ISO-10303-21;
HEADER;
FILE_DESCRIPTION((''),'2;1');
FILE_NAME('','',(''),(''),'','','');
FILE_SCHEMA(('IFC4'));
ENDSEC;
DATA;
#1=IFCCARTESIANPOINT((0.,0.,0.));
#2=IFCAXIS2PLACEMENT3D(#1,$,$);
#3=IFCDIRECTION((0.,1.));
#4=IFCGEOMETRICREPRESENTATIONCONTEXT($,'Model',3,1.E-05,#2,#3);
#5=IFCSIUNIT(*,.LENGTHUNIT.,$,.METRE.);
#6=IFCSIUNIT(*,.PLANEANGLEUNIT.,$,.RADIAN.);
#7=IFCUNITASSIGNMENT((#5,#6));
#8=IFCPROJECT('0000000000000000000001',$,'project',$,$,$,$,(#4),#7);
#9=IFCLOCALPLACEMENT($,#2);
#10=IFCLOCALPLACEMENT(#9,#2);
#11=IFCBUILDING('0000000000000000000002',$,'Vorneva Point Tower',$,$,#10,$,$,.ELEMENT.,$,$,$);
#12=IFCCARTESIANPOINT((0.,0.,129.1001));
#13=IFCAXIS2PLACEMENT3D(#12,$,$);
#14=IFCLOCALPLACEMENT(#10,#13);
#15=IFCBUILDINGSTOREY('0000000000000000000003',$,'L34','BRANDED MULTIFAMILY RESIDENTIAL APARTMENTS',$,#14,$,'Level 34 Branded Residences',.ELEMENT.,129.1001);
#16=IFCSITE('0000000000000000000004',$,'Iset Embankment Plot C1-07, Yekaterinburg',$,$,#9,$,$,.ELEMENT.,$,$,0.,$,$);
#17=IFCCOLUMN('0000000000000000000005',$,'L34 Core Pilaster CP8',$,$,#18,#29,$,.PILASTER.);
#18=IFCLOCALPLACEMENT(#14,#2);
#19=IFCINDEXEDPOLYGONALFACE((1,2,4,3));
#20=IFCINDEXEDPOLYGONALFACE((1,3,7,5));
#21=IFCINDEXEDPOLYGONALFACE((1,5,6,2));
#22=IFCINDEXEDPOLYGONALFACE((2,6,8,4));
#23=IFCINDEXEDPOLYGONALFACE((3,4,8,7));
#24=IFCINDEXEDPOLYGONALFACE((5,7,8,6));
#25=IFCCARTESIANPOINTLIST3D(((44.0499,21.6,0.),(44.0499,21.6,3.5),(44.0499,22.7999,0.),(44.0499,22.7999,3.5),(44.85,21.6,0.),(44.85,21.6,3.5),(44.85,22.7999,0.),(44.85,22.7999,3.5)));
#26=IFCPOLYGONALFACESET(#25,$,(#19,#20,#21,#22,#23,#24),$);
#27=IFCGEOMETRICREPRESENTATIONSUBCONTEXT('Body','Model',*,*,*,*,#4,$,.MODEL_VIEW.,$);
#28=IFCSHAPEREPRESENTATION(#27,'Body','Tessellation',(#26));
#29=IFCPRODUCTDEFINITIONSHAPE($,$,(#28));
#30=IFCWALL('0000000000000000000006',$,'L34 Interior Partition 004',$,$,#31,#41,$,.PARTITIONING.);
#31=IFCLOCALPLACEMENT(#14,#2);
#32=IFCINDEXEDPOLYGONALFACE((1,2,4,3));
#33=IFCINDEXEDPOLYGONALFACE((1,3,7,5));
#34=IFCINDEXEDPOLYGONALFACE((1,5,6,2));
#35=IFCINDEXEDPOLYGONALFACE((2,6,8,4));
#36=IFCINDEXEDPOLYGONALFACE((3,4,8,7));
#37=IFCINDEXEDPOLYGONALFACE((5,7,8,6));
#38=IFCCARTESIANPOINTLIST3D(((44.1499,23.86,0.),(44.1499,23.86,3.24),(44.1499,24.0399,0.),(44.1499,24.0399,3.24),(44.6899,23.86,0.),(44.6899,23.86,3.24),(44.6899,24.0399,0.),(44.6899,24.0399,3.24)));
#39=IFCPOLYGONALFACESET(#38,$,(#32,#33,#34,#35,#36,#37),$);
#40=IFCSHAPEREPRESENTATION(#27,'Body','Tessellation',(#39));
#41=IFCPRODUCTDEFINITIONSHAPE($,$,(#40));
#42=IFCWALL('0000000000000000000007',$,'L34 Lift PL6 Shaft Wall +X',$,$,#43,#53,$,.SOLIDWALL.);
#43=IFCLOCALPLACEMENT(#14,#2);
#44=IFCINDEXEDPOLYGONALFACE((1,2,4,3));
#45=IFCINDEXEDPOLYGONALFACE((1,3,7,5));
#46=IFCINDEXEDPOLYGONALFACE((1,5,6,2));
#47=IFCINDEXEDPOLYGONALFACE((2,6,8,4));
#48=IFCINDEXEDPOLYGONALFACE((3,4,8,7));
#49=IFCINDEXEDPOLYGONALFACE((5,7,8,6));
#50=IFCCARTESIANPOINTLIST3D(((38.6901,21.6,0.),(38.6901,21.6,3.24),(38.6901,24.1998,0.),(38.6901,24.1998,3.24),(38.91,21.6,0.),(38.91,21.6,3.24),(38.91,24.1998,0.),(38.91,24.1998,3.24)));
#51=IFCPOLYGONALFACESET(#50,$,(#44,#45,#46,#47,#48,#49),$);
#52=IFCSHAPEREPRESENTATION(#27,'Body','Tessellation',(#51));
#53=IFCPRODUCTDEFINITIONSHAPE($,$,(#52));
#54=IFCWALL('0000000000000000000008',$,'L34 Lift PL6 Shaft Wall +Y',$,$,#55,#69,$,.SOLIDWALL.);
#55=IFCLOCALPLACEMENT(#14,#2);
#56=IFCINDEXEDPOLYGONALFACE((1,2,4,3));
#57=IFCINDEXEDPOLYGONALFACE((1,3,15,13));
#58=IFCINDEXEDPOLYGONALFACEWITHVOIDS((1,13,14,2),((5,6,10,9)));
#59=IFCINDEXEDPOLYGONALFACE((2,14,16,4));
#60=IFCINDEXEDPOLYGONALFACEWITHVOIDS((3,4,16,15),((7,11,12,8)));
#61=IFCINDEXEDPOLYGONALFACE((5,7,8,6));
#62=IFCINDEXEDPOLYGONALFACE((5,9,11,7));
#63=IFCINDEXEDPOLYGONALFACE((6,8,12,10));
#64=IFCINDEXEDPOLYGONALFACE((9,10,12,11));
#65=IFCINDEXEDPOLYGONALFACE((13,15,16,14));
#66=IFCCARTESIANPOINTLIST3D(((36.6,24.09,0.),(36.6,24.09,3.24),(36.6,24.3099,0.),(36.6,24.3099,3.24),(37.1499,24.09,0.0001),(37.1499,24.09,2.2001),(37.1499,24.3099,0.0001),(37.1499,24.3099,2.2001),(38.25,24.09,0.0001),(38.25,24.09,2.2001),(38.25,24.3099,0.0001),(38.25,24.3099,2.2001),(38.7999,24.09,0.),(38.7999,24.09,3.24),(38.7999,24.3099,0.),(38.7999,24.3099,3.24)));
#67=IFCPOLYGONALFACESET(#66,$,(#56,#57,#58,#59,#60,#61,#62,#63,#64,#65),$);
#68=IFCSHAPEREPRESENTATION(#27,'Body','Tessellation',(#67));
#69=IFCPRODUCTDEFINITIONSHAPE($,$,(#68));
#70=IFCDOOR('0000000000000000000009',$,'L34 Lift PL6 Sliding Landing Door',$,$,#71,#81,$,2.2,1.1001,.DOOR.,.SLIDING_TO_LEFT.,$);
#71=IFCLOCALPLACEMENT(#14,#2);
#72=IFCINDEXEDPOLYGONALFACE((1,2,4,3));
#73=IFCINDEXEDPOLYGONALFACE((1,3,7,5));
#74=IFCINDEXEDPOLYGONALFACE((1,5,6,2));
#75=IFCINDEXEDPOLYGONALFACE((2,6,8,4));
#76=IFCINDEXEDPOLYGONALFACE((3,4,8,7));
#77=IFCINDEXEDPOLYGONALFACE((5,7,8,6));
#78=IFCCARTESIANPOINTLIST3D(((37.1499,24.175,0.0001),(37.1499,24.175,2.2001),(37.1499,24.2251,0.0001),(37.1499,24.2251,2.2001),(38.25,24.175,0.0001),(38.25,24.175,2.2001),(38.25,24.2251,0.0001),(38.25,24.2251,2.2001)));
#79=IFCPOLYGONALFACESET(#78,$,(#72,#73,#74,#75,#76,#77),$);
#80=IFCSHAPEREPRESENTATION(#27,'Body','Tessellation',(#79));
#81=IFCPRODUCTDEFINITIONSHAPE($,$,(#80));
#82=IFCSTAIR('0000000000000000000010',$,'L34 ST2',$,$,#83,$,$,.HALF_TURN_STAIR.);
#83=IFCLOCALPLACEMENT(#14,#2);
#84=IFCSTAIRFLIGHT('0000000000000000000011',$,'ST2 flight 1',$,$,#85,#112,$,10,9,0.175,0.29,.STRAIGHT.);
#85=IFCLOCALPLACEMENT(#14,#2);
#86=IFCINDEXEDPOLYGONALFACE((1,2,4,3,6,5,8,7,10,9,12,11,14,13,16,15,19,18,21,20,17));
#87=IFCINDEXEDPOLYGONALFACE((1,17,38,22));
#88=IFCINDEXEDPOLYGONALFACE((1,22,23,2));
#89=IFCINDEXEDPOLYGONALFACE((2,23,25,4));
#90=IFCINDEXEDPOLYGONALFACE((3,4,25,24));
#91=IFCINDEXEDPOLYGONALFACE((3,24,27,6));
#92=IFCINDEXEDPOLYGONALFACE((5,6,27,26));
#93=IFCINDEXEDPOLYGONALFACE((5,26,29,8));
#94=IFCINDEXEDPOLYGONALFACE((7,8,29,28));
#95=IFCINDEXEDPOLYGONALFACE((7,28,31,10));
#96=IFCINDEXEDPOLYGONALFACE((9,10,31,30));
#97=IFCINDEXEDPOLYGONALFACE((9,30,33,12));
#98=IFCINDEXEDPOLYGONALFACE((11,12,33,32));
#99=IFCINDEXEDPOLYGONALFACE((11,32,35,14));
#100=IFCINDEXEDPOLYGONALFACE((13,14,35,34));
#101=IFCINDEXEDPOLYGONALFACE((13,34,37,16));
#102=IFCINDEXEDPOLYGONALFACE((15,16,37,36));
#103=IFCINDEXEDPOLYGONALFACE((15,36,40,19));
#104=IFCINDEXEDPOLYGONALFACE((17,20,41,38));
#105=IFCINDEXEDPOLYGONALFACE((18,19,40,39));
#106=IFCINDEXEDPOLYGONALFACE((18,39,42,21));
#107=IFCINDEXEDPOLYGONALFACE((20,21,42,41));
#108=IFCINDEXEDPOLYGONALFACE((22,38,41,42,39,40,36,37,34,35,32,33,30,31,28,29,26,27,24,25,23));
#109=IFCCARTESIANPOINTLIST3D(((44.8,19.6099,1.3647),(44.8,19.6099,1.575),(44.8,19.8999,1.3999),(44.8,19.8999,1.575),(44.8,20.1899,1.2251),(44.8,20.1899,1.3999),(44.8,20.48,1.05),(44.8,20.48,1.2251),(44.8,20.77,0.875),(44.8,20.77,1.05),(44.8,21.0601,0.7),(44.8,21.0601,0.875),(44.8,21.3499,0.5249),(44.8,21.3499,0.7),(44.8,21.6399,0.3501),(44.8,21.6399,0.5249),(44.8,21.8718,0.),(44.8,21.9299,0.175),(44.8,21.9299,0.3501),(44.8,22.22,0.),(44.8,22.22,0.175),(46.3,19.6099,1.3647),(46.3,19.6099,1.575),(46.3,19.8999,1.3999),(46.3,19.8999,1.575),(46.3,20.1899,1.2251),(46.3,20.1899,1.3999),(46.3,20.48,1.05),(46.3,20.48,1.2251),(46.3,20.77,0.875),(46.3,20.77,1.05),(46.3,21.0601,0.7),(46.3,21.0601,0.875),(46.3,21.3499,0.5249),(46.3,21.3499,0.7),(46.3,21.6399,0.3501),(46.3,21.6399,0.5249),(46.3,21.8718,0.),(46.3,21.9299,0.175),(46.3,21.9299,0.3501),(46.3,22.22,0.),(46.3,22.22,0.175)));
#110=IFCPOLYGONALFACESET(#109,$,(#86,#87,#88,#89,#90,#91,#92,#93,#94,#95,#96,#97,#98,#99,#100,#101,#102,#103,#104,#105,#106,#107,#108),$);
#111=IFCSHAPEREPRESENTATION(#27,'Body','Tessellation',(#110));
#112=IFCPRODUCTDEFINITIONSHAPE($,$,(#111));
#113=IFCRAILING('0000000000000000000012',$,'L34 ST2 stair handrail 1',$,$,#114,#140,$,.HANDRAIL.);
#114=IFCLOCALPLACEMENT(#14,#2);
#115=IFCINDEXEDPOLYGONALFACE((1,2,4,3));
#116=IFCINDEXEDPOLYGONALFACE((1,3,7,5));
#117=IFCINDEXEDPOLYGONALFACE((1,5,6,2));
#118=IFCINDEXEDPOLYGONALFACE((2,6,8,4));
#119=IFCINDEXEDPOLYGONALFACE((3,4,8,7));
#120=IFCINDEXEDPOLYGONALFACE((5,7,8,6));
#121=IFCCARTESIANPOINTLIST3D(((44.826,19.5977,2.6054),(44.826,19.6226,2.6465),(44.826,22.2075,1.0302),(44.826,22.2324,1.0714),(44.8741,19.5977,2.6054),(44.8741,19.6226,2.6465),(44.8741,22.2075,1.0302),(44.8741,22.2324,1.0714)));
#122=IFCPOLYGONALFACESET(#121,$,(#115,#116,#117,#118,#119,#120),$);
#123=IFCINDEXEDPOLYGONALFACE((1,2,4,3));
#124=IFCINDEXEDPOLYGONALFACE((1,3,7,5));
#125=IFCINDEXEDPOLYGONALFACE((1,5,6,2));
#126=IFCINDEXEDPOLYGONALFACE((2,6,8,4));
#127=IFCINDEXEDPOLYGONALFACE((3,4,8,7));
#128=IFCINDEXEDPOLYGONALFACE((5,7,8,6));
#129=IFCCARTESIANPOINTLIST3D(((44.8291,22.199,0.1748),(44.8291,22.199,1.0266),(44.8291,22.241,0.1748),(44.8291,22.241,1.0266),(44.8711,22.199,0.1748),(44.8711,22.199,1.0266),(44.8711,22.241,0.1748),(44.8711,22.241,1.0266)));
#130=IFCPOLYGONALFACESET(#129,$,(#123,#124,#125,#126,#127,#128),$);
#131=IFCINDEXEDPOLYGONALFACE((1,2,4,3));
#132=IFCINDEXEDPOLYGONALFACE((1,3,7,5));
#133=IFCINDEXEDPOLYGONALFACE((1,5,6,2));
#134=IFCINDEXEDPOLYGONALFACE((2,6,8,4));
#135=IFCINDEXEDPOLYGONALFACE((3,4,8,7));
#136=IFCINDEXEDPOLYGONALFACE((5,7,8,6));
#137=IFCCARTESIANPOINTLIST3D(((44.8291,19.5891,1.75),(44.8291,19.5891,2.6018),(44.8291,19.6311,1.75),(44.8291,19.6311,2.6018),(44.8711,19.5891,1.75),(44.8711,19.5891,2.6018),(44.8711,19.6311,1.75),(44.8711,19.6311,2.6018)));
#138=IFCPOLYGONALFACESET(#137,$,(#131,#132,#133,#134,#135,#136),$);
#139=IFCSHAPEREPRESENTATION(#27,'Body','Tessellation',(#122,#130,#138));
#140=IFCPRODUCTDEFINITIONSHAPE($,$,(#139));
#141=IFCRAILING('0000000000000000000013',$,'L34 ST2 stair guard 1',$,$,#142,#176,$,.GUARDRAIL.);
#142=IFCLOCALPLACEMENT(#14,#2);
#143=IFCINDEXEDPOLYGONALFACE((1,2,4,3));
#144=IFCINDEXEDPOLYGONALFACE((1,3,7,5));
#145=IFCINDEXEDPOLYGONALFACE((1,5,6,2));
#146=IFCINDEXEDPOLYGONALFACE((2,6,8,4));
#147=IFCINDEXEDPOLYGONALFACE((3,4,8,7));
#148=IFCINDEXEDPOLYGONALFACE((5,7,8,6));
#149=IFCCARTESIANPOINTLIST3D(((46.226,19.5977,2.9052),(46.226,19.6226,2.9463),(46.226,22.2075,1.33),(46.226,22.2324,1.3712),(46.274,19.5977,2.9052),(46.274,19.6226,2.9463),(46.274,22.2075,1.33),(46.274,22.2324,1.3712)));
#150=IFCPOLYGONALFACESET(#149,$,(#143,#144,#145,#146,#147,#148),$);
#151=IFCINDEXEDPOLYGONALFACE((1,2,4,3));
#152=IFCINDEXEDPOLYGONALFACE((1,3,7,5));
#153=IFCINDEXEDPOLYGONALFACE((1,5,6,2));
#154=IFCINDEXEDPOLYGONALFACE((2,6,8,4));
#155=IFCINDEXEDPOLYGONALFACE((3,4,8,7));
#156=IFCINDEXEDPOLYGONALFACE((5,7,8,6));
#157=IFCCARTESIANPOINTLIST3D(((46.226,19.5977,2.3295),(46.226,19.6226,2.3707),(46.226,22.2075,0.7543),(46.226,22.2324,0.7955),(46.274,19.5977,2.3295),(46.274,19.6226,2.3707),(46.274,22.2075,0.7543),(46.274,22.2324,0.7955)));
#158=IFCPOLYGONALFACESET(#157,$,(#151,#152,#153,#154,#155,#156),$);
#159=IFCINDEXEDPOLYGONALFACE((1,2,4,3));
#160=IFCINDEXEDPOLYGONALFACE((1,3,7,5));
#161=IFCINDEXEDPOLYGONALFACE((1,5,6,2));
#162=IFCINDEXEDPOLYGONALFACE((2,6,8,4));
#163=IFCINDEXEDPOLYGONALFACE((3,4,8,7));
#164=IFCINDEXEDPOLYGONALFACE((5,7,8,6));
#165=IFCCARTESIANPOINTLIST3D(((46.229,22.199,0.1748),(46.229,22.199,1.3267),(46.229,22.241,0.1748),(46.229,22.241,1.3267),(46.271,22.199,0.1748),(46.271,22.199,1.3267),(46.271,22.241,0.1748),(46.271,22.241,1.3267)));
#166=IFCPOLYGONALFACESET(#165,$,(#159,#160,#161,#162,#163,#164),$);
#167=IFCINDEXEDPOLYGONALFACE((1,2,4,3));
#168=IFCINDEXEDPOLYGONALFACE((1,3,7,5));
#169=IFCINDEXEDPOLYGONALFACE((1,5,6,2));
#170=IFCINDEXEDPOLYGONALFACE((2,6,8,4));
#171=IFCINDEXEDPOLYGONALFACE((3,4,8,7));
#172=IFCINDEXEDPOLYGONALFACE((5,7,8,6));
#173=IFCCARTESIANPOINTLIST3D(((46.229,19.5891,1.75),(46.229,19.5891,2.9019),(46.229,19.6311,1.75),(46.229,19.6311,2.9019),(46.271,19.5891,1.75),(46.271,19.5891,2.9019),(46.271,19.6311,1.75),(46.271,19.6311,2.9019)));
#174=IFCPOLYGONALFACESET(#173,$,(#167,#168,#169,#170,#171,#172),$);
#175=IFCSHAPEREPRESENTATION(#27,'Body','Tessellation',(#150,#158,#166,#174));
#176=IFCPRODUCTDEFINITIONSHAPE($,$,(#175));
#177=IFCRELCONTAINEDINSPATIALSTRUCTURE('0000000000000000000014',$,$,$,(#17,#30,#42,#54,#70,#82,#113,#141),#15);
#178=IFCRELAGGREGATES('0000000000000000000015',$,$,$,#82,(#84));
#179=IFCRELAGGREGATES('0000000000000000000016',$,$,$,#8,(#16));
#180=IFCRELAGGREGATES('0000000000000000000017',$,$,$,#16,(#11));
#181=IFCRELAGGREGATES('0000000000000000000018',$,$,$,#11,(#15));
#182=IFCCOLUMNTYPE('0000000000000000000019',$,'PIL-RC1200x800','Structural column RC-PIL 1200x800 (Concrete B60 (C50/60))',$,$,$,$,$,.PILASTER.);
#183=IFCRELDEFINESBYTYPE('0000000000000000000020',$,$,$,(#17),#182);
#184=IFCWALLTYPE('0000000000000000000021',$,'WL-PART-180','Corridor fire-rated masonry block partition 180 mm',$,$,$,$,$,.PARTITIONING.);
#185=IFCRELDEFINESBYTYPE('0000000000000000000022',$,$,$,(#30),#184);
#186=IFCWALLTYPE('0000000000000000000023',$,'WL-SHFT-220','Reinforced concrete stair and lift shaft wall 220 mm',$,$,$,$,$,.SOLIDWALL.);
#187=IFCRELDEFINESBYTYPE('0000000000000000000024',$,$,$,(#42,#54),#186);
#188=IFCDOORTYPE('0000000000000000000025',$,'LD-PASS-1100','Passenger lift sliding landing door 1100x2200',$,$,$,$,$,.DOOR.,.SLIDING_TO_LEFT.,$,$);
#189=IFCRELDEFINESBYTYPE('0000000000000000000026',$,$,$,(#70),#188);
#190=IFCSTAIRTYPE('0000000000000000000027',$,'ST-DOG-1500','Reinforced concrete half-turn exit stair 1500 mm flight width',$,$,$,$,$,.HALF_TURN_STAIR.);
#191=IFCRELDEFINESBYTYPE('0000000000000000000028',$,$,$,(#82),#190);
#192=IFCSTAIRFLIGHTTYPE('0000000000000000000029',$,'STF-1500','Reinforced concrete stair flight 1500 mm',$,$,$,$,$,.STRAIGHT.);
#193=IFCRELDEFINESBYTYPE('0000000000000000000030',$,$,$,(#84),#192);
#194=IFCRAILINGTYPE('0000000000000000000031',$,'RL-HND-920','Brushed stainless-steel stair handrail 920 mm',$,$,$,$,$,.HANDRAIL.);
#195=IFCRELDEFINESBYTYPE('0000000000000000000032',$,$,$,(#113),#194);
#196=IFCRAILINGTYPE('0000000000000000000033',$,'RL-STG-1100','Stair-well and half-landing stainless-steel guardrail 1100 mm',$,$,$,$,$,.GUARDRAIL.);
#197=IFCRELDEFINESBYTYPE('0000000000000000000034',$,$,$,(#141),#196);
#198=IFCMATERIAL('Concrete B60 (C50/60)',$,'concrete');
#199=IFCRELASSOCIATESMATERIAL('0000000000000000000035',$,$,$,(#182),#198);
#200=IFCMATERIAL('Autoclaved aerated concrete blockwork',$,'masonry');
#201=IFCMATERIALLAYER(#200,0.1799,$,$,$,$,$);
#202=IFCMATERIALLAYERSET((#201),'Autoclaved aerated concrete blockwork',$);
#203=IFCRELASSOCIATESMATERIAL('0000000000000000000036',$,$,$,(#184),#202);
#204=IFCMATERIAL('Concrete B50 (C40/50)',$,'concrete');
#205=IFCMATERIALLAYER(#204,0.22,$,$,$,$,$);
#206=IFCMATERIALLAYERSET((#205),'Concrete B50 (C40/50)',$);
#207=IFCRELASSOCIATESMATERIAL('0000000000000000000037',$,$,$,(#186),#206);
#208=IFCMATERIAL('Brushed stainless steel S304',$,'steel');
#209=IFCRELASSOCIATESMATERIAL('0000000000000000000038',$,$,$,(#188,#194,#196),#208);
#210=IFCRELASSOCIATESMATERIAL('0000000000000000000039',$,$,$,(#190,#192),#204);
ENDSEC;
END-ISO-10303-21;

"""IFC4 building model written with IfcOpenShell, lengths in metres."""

from ifc_helpers import new_model, si_unit, direction, frame, frame_2d, origin, origin_2d, place, context, subcontext, project, spatial, polyline, rectangle, outline, extrude, material, layer, layer_set, material_profile, profile_set, type_object, element, fill, aggregate, save


model = new_model("IFC4")

# Units and contexts
model_context = context("Model", 3, precision=1e-05, world=origin(), true_north=direction((0.0, 1.0)))
body_context = subcontext(model_context, "Body", "Model", "MODEL_VIEW")
ifc_project = project(units=[si_unit("LENGTHUNIT", "METRE"), si_unit("PLANEANGLEUNIT", "RADIAN")], contexts=[model_context])

# Site, building, storey
site_placement = place(None, origin())
site = spatial("IfcSite", under=ifc_project, at=site_placement, Name="Iset Embankment Plot C1-07, Yekaterinburg", CompositionType="ELEMENT", RefElevation=0.0)
building_placement = place(site_placement, origin())
building = spatial("IfcBuilding", under=site, at=building_placement, Name="Vorneva Point Tower", CompositionType="ELEMENT")
storey_placement = place(building_placement, frame((0.0, 0.0, 129.1001)))
storey = spatial("IfcBuildingStorey", under=building, at=storey_placement, Name="L34", Description="BRANDED MULTIFAMILY RESIDENTIAL APARTMENTS", LongName="Level 34 Branded Residences", CompositionType="ELEMENT", Elevation=129.1001)

# Column
ifc_material_1 = material(Name="Concrete B60 (C50/60)", Category="concrete")
ifc_material_profile = material_profile(ifc_material_1, rectangle(XDim=0.8, YDim=1.2, at=origin_2d()), Name="RC-PIL 1200x800")
ifc_profile_set = profile_set([ifc_material_profile], Name="Concrete B60 (C50/60)")
column_type = type_object("IfcColumnType", Name="PIL-RC1200x800", Description="Structural column RC-PIL 1200x800 (Concrete B60 (C50/60))", PredefinedType="PILASTER", material=ifc_profile_set)
column_placement = place(storey_placement, frame((44.45, 22.2, 0.0), z_axis=(0.0, 0.0, 1.0), x_axis=(1.0, 0.0, 0.0)))
element("IfcColumn", 1, at=column_placement, inside=storey, type_object=column_type, Name="L34 Core Pilaster CP8", PredefinedType="PILASTER", context=body_context, shape_type="SweptSolid", body=[
    extrude(rectangle(XDim=0.8, YDim=1.2, at=origin_2d()), origin(), (0.0, 0.0, 1.0), 3.5),
])

# Wall
ifc_material_2 = material(Name="Autoclaved aerated concrete blockwork", Category="masonry")
ifc_layer_1 = layer(ifc_material_2, 0.1799)
ifc_layer_set_1 = layer_set([ifc_layer_1], Name="Autoclaved aerated concrete blockwork")
wall_type_1 = type_object("IfcWallType", Name="WL-PART-180", Description="Corridor fire-rated masonry block partition 180 mm", PredefinedType="PARTITIONING", material=ifc_layer_set_1)
wall_1_placement = place(storey_placement, frame((44.1499, 23.95, 0.0), z_axis=(0.0, 0.0, 1.0), x_axis=(1.0, 0.0, 0.0)))
element("IfcWall", 2, at=wall_1_placement, inside=storey, type_object=wall_type_1, Name="L34 Interior Partition 004", PredefinedType="PARTITIONING", context=body_context, shape_type="SweptSolid", body=[
    extrude(rectangle(XDim=0.54, YDim=0.1799, at=frame_2d((0.27, 0.0))), origin(), (0.0, 0.0, 1.0), 3.24),
])

# Shared definitions
ifc_material_3 = material(Name="Concrete B50 (C40/50)", Category="concrete")
ifc_layer_2 = layer(ifc_material_3, 0.22)
ifc_layer_set_2 = layer_set([ifc_layer_2], Name="Concrete B50 (C40/50)")
wall_type_2 = type_object("IfcWallType", Name="WL-SHFT-220", Description="Reinforced concrete stair and lift shaft wall 220 mm", PredefinedType="SOLIDWALL", material=ifc_layer_set_2)

# Wall
wall_2_placement = place(storey_placement, frame((38.8, 21.6001, 0.0), z_axis=(0.0, 0.0, 1.0), x_axis=(0.0, 1.0, 0.0)))
element("IfcWall", 3, at=wall_2_placement, inside=storey, type_object=wall_type_2, Name="L34 Lift PL6 Shaft Wall +X", PredefinedType="SOLIDWALL", context=body_context, shape_type="SweptSolid", body=[
    extrude(rectangle(XDim=2.5999, YDim=0.22, at=frame_2d((1.2998, 0.0))), origin(), (0.0, 0.0, 1.0), 3.24),
])

# Wall, opening, door
wall_3_placement = place(storey_placement, frame((38.8, 24.2, 0.0), z_axis=(0.0, 0.0, 1.0), x_axis=(-1.0, 0.0, 0.0)))
wall_3 = element("IfcWall", 4, at=wall_3_placement, inside=storey, type_object=wall_type_2, Name="L34 Lift PL6 Shaft Wall +Y", PredefinedType="SOLIDWALL", context=body_context, shape_type="SweptSolid", body=[
    extrude(rectangle(XDim=2.2, YDim=0.22, at=frame_2d((1.1001, 0.0))), origin(), (0.0, 0.0, 1.0), 3.24),
])
opening_1_placement = place(wall_3_placement, frame((0.55, 0.0, 0.0)))
opening_1 = element("IfcOpeningElement", 5, at=opening_1_placement, cuts=wall_3, PredefinedType="OPENING", context=body_context, shape_type="SweptSolid", body=[
    extrude(rectangle(XDim=1.1001, YDim=2.2, at=frame_2d((0.55, 1.1001))), frame((0.0, 0.125, 0.0), z_axis=(0.0, -1.0, 0.0), x_axis=(1.0, 0.0, 0.0)), (0.0, 0.0, 1.0), 0.2498),
])
ifc_material_4 = material(Name="Brushed stainless steel S304", Category="steel")
door_type_1 = type_object("IfcDoorType", Name="LD-PASS-1100", Description="Passenger lift sliding landing door 1100x2200", OperationType="SLIDING_TO_LEFT", PredefinedType="DOOR", material=ifc_material_4)
door_1_placement = place(opening_1_placement, origin())
door_1 = element("IfcDoor", 6, at=door_1_placement, inside=storey, type_object=door_type_1, Name="L34 Lift PL6 Sliding Landing Door", OperationType="SLIDING_TO_LEFT", OverallHeight=2.2, OverallWidth=1.1001, PredefinedType="DOOR", context=body_context, shape_type="SweptSolid", body=[
    extrude(rectangle(XDim=1.1001, YDim=2.2, at=frame_2d((0.55, 1.1001))), frame((0.0, 0.0249, 0.0), z_axis=(0.0, -1.0, 0.0), x_axis=(1.0, 0.0, 0.0)), (0.0, 0.0, 1.0), 0.05),
])
fill(opening_1, door_1)

# Stair, stair flight
stair_type = type_object("IfcStairType", Name="ST-DOG-1500", Description="Reinforced concrete half-turn exit stair 1500 mm flight width", PredefinedType="HALF_TURN_STAIR", material=ifc_material_3)
stair_placement = place(storey_placement, origin())
stair = element("IfcStair", 7, at=stair_placement, inside=storey, type_object=stair_type, Name="L34 ST2", PredefinedType="HALF_TURN_STAIR")
stair_flight_type = type_object("IfcStairFlightType", Name="STF-1500", Description="Reinforced concrete stair flight 1500 mm", PredefinedType="STRAIGHT", material=ifc_material_3)
stair_flight_placement = place(storey_placement, frame((45.55, 22.22, 0.0), z_axis=(0.0, 0.0, 1.0), x_axis=(0.0, -1.0, 0.0)))
stair_flight = element("IfcStairFlight", 8, at=stair_flight_placement, type_object=stair_flight_type, Name="ST2 flight 1", NumberOfRisers=10, NumberOfTreads=9, PredefinedType="STRAIGHT", RiserHeight=0.175, TreadLength=0.29, context=body_context, shape_type="SweptSolid", body=[
    extrude(outline(polyline([(0.0, 0.0), (0.0, 0.175), (0.29, 0.175), (0.29, 0.3501), (0.5801, 0.3501), (0.5801, 0.5249), (0.8701, 0.5249), (0.8701, 0.7), (1.1599, 0.7), (1.1599, 0.875), (1.45, 0.875), (1.45, 1.05), (1.74, 1.05), (1.74, 1.2251), (2.03, 1.2251), (2.03, 1.3999), (2.3201, 1.3999), (2.3201, 1.575), (2.6101, 1.575), (2.6101, 1.75), (2.6101, 1.3647), (0.3481, 0.0), (0.0, 0.0)])), frame((0.0, 0.75, 0.0), z_axis=(0.0, -1.0, 0.0), x_axis=(1.0, 0.0, 0.0)), (0.0, 0.0, 1.0), 1.5),
])
aggregate(stair, [stair_flight])

# Railings
railing_type_1 = type_object("IfcRailingType", Name="RL-HND-920", Description="Brushed stainless-steel stair handrail 920 mm", PredefinedType="HANDRAIL", material=ifc_material_4)
railing_1_placement = place(storey_placement, frame((44.8501, 22.22, 0.1748)))
element("IfcRailing", 9, at=railing_1_placement, inside=storey, type_object=railing_type_1, Name="L34 ST2 stair handrail 1", PredefinedType="HANDRAIL", context=body_context, shape_type="SweptSolid", body=[
    extrude(rectangle(XDim=0.0481, YDim=0.0481, at=origin_2d()), frame((0.0, 0.0, 0.876), z_axis=(0.0, -0.856147, 0.516732), x_axis=(1.0, 0.0, 0.0)), (0.0, 0.0, 1.0), 3.0483),
    extrude(rectangle(XDim=0.042, YDim=0.042, at=origin_2d()), origin(), (0.0, 0.0, 1.0), 0.8518),
    extrude(rectangle(XDim=0.042, YDim=0.042, at=origin_2d()), frame((0.0, -2.6099, 1.5752)), (0.0, 0.0, 1.0), 0.8518),
])
railing_type_2 = type_object("IfcRailingType", Name="RL-STG-1100", Description="Stair-well and half-landing stainless-steel guardrail 1100 mm", PredefinedType="GUARDRAIL", material=ifc_material_4)
railing_2_placement = place(storey_placement, frame((46.25, 22.22, 0.1748)))
element("IfcRailing", 10, at=railing_2_placement, inside=storey, type_object=railing_type_2, Name="L34 ST2 stair guard 1", PredefinedType="GUARDRAIL", context=body_context, shape_type="SweptSolid", body=[
    extrude(rectangle(XDim=0.0481, YDim=0.0481, at=origin_2d()), frame((0.0, 0.0, 1.1758), z_axis=(0.0, -0.856147, 0.516732), x_axis=(1.0, 0.0, 0.0)), (0.0, 0.0, 1.0), 3.0483),
    extrude(rectangle(XDim=0.0481, YDim=0.0481, at=origin_2d()), frame((0.0, 0.0, 0.6001), z_axis=(0.0, -0.856147, 0.516732), x_axis=(1.0, 0.0, 0.0)), (0.0, 0.0, 1.0), 3.0483),
    extrude(rectangle(XDim=0.042, YDim=0.042, at=origin_2d()), origin(), (0.0, 0.0, 1.0), 1.1519),
    extrude(rectangle(XDim=0.042, YDim=0.042, at=origin_2d()), frame((0.0, -2.6099, 1.5752)), (0.0, 0.0, 1.0), 1.1519),
])

save(model, "model.ifc")
